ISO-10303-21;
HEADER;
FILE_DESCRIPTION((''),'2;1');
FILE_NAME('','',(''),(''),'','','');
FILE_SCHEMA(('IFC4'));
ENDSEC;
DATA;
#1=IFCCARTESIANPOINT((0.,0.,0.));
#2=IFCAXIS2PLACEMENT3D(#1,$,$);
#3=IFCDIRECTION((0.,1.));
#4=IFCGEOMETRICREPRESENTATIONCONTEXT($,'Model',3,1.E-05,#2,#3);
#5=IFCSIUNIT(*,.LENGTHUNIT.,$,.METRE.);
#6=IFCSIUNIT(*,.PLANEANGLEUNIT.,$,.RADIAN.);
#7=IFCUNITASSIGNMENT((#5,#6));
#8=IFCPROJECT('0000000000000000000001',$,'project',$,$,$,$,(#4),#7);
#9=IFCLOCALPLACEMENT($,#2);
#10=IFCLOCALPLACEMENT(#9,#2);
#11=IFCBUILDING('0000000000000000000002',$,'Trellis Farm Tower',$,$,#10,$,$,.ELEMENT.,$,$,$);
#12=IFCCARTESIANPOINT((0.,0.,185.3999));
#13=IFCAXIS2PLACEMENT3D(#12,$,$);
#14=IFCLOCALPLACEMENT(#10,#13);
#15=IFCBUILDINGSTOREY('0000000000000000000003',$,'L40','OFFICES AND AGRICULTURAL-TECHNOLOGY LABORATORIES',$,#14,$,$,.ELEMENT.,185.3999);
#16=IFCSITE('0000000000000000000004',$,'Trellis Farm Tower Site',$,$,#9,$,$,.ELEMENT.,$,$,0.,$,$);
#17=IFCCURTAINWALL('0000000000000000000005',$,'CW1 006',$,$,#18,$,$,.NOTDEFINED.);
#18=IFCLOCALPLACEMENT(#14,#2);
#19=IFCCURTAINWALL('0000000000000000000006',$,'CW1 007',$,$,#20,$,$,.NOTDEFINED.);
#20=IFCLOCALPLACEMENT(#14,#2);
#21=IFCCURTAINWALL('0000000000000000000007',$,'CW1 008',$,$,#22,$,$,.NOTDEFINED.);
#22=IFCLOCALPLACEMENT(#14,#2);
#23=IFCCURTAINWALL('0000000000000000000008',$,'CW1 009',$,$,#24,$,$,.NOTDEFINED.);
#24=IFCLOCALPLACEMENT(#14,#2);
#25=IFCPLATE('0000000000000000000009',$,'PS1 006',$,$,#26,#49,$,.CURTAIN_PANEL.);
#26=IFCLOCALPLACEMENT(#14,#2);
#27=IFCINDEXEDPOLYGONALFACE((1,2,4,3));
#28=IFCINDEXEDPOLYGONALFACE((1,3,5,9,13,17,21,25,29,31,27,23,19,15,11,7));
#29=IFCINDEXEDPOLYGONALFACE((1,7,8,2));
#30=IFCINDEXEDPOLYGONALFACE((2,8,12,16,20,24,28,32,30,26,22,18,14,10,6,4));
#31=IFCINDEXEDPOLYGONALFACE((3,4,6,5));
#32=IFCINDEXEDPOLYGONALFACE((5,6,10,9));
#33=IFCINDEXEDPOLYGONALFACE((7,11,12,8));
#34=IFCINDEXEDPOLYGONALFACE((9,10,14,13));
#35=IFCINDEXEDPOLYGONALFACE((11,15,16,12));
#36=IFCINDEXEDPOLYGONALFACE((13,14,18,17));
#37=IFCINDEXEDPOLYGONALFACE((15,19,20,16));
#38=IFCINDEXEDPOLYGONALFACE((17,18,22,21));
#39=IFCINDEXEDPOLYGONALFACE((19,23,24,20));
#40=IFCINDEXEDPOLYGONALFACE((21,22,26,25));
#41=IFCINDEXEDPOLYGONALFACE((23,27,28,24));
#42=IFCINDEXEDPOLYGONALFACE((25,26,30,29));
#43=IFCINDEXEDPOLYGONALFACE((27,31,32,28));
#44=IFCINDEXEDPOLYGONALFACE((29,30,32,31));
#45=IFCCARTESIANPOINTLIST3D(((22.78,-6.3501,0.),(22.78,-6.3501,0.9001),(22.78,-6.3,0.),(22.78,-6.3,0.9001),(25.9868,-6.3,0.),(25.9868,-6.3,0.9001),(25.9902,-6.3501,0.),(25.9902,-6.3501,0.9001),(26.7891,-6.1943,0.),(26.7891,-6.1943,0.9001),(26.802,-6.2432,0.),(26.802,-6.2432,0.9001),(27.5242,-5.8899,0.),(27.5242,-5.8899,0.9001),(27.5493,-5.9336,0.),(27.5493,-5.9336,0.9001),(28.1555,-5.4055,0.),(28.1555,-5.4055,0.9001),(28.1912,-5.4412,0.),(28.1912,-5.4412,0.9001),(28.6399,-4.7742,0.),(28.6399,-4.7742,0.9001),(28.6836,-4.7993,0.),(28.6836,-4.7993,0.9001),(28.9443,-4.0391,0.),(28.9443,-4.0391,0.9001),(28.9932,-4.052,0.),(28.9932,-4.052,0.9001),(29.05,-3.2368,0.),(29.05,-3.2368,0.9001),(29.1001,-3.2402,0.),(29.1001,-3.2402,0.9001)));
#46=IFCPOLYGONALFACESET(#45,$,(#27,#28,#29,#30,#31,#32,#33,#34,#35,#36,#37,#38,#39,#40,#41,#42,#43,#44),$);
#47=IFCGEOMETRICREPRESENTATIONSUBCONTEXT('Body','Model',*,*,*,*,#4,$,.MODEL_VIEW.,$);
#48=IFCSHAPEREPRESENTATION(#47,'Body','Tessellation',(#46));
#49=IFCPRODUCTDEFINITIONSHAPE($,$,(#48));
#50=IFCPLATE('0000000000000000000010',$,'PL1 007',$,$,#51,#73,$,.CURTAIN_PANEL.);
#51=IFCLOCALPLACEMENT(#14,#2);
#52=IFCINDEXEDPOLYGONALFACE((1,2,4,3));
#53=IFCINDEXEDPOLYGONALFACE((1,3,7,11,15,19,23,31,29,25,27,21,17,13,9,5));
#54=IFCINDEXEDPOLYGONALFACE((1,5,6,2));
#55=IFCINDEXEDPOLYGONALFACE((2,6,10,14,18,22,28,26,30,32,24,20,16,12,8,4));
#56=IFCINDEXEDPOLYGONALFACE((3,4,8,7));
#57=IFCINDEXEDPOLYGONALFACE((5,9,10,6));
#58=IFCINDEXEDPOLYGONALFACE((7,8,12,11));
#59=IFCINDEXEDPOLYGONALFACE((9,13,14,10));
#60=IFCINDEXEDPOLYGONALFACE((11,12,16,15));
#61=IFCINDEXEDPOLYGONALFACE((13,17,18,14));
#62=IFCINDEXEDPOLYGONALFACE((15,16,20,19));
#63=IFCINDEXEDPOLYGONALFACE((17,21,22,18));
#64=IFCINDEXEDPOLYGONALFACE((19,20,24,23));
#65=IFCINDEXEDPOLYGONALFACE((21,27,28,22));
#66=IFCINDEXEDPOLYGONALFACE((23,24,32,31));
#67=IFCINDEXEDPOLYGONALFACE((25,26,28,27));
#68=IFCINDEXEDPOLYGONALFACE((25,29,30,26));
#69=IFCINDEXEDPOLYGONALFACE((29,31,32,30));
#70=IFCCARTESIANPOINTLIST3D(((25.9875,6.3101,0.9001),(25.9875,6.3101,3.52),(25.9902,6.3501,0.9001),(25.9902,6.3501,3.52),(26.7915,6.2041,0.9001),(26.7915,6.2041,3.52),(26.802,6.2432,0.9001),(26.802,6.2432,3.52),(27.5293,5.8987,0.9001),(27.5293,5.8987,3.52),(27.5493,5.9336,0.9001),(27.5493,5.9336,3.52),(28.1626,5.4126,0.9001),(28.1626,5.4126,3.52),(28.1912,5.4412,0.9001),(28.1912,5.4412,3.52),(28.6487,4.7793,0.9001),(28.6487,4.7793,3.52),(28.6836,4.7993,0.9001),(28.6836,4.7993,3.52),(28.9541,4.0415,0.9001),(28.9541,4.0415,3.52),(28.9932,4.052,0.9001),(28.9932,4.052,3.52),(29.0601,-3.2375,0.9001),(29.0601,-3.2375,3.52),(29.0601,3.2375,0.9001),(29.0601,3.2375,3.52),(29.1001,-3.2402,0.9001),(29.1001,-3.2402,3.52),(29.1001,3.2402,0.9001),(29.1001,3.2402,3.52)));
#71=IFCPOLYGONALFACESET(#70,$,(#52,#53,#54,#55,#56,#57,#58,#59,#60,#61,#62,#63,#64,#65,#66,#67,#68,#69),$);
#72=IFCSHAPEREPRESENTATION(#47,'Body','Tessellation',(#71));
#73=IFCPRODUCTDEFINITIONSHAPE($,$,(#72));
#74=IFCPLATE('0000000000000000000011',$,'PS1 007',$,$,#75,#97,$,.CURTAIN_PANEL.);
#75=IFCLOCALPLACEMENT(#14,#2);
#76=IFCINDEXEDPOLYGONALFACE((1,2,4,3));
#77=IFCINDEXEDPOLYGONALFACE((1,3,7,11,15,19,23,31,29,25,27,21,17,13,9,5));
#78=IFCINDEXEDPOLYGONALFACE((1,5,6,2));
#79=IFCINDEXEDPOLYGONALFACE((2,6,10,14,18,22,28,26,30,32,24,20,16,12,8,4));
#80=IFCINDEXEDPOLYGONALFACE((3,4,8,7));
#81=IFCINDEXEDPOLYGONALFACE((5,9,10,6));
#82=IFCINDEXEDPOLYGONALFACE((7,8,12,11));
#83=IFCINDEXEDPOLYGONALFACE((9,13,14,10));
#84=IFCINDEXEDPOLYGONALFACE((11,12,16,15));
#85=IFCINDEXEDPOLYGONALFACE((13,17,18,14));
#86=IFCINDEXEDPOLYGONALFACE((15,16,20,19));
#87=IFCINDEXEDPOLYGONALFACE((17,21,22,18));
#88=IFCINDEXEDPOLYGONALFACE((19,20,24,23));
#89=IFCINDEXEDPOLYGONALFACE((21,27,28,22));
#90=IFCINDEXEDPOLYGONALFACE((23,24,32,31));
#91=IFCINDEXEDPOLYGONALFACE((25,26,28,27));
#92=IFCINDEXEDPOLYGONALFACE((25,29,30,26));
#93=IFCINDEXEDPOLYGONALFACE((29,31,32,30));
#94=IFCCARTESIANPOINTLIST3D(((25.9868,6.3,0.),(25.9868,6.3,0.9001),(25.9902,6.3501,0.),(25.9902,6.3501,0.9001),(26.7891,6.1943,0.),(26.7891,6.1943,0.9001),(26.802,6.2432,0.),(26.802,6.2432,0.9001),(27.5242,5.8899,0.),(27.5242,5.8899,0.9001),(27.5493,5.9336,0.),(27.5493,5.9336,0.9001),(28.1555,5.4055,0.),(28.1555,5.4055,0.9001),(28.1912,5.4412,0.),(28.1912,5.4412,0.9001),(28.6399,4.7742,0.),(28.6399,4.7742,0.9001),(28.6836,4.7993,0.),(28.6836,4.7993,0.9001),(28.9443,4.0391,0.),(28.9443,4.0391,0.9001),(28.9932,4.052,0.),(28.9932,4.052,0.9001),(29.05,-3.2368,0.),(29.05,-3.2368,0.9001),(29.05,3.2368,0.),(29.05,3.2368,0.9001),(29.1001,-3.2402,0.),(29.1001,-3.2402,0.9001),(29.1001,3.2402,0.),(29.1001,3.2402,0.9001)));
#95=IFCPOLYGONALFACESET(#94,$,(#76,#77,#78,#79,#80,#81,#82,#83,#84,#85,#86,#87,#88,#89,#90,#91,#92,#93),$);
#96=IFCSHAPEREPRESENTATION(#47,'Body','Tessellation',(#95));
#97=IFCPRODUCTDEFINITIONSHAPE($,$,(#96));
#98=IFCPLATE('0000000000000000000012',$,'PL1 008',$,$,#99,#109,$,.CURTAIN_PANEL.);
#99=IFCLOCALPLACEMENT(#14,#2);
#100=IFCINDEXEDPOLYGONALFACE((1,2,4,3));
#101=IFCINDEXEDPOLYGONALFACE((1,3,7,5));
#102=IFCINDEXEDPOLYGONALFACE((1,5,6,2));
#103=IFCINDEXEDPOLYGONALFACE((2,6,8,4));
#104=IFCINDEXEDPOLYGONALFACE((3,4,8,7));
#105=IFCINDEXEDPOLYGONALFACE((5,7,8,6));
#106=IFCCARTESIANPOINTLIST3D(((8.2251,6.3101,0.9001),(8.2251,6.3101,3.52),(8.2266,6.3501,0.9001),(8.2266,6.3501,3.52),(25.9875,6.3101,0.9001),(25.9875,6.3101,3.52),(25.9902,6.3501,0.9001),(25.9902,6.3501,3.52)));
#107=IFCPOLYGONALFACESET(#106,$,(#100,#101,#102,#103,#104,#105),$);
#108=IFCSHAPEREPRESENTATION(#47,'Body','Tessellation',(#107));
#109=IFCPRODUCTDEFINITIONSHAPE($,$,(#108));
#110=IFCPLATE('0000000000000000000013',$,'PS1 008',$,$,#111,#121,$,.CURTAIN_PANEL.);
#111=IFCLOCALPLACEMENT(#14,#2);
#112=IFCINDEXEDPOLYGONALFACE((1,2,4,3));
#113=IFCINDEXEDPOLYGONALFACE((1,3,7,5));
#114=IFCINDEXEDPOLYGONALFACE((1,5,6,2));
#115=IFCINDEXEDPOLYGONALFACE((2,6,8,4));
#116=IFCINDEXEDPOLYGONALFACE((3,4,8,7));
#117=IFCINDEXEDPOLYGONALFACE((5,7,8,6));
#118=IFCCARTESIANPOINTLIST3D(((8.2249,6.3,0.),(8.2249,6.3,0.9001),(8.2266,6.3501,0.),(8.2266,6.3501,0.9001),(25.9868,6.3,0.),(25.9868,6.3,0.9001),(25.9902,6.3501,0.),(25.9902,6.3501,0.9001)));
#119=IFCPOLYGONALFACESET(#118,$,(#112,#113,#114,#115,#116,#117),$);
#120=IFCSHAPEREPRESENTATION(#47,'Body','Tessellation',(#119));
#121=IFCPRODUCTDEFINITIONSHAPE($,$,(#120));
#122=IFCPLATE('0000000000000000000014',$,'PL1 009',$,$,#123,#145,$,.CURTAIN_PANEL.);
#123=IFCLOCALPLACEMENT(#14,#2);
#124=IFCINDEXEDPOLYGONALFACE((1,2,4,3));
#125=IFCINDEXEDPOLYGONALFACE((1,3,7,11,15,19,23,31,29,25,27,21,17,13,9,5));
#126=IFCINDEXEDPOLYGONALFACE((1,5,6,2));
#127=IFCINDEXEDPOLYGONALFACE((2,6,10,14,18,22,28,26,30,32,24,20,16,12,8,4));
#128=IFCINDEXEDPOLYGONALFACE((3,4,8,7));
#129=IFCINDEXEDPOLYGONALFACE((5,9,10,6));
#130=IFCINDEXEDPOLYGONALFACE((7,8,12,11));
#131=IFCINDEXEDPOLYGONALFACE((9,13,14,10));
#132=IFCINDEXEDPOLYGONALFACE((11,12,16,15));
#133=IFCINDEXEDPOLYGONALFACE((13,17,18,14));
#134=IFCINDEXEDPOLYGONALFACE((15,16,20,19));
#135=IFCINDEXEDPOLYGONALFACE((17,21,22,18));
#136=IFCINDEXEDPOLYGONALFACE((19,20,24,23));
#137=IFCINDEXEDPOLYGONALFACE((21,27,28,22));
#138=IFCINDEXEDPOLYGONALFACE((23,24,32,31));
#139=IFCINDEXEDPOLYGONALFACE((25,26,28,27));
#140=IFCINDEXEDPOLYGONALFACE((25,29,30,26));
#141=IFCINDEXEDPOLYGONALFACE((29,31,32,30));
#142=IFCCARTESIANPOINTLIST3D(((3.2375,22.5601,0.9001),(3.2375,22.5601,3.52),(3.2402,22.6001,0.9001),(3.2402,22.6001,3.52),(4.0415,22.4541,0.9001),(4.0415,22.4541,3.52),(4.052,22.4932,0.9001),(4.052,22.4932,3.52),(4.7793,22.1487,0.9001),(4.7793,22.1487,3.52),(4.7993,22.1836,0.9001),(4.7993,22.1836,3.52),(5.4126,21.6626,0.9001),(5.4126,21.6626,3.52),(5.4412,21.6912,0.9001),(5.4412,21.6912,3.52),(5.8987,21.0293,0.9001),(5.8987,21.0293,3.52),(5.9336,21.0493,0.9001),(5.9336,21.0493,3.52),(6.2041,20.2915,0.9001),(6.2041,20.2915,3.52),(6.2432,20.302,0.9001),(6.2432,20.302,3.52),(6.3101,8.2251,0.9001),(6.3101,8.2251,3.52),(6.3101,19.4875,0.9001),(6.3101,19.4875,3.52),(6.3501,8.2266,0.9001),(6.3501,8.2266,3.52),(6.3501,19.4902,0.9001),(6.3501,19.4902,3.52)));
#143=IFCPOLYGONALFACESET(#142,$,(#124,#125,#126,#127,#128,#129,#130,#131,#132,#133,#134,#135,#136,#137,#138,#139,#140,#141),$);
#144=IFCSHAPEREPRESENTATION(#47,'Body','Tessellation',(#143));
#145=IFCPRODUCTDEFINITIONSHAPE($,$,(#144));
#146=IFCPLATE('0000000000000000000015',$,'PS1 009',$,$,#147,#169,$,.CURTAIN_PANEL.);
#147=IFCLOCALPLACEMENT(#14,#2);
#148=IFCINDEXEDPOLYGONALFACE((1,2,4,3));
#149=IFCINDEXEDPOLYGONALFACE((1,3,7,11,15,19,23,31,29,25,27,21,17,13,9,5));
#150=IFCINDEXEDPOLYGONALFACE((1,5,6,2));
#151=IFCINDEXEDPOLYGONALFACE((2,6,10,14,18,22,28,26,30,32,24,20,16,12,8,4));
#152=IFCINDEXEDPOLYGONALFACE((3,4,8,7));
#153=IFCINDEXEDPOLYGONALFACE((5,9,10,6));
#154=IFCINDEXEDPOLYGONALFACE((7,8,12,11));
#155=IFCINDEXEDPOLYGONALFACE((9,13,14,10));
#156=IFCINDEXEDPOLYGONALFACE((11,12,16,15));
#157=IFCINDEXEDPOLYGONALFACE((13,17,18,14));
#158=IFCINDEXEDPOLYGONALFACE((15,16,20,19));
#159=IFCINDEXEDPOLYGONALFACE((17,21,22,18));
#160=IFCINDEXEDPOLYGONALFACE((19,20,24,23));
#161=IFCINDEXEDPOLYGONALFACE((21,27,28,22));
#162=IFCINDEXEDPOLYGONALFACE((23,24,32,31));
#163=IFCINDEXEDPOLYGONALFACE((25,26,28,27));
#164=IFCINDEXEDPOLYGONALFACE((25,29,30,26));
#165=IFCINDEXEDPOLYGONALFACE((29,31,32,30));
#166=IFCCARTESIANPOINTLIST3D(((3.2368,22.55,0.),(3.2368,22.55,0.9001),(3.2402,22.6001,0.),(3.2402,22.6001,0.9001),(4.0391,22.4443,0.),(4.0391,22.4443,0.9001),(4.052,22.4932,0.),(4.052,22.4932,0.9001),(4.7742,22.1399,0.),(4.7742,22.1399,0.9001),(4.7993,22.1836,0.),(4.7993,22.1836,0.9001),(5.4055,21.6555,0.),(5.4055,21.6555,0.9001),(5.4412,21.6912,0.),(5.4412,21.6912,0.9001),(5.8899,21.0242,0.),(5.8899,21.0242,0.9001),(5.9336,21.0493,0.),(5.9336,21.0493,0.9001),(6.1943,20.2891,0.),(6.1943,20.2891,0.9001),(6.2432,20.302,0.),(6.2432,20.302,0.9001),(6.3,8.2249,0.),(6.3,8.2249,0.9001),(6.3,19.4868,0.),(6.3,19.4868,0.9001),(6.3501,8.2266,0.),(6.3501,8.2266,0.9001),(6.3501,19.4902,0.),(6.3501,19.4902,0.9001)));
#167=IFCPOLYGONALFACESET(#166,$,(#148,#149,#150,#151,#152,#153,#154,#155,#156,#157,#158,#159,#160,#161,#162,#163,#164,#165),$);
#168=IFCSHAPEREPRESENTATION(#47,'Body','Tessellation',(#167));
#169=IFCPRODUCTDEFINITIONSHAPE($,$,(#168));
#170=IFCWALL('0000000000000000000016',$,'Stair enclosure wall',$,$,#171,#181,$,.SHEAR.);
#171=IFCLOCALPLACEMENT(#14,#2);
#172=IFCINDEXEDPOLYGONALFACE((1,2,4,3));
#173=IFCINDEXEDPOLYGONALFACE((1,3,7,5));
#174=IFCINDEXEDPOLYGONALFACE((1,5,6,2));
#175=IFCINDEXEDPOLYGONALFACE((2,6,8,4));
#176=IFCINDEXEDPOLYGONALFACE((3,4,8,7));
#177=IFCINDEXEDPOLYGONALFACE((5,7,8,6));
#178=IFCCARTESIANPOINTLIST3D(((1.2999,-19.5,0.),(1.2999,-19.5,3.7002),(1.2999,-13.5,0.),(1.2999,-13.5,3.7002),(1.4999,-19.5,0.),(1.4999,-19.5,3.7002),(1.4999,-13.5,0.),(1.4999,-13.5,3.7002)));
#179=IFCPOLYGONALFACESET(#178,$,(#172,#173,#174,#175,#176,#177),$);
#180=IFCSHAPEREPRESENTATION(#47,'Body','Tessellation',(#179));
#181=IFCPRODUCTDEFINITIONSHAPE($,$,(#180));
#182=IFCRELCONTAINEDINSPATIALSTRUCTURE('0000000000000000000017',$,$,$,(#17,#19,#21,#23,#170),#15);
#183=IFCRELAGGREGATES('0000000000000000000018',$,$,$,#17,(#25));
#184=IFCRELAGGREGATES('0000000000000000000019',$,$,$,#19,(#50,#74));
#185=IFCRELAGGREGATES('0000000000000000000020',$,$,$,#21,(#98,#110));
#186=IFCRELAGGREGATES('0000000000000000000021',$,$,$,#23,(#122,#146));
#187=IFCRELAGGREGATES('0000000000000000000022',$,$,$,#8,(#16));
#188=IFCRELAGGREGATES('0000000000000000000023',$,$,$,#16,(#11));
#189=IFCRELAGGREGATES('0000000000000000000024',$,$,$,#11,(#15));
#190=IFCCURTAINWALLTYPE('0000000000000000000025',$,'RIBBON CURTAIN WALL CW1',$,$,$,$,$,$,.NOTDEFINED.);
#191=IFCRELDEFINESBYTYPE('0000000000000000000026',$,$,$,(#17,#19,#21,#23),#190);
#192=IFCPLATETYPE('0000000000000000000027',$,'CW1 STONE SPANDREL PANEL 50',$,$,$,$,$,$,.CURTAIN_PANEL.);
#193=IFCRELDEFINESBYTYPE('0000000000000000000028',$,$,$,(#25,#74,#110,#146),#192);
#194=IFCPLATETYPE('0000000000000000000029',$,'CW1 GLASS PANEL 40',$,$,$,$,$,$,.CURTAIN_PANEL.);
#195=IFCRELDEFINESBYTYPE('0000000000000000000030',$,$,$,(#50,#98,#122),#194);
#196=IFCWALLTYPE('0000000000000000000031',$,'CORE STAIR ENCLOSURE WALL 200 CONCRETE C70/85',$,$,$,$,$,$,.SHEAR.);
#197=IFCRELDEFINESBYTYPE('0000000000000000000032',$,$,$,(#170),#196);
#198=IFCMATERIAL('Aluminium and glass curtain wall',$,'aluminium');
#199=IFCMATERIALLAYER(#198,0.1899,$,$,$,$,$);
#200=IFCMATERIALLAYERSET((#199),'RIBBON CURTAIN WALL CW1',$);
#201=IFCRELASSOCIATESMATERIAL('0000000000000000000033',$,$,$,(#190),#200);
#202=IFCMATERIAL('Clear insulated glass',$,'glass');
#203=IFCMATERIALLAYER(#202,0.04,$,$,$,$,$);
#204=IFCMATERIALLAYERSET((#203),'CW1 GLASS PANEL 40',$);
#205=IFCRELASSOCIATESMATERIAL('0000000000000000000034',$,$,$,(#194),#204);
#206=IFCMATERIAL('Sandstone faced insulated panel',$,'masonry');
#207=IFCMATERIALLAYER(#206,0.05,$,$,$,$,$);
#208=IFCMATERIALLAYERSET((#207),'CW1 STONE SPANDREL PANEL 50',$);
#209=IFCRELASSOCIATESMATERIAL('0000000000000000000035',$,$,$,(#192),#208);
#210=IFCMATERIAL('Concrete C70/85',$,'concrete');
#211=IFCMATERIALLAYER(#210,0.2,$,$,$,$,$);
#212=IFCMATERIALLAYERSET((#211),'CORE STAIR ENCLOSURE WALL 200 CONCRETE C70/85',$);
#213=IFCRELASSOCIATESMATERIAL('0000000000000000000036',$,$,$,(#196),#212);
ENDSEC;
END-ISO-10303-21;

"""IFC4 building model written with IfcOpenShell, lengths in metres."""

from ifc_helpers import new_model, si_unit, direction, frame, frame_2d, origin, place, context, subcontext, project, spatial, polyline, rectangle, outline, extrude, source, transform, mapped, material, layer, layer_set, type_object, element, aggregate, save


model = new_model("IFC4")

# Units and contexts
model_context = context("Model", 3, precision=1e-05, world=origin(), true_north=direction((0.0, 1.0)))
body_context = subcontext(model_context, "Body", "Model", "MODEL_VIEW")
ifc_project = project(units=[si_unit("LENGTHUNIT", "METRE"), si_unit("PLANEANGLEUNIT", "RADIAN")], contexts=[model_context])

# Site, building, storey
site_placement = place(None, origin())
site = spatial("IfcSite", under=ifc_project, at=site_placement, Name="Trellis Farm Tower Site", CompositionType="ELEMENT", RefElevation=0.0)
building_placement = place(site_placement, origin())
building = spatial("IfcBuilding", under=site, at=building_placement, Name="Trellis Farm Tower", CompositionType="ELEMENT")
storey_placement = place(building_placement, frame((0.0, 0.0, 185.3999)))
storey = spatial("IfcBuildingStorey", under=building, at=storey_placement, Name="L40", Description="OFFICES AND AGRICULTURAL-TECHNOLOGY LABORATORIES", CompositionType="ELEMENT", Elevation=185.3999)

# Shared definitions
ifc_material_1 = material(Name="Concrete C70/85", Category="concrete")

# Shared definitions
ifc_material_2 = material(Name="Aluminium and glass curtain wall", Category="aluminium")
ifc_layer_1 = layer(ifc_material_2, 0.1899)
ifc_layer_set_1 = layer_set([ifc_layer_1], Name="RIBBON CURTAIN WALL CW1")
curtain_wall_type_1 = type_object("IfcCurtainWallType", Name="RIBBON CURTAIN WALL CW1", PredefinedType="NOTDEFINED", material=ifc_layer_set_1)
placement_1 = place(storey_placement, origin())

# Curtain walls
curtain_wall_1 = element("IfcCurtainWall", 1, at=placement_1, inside=storey, type_object=curtain_wall_type_1, Name="CW1 006", PredefinedType="NOTDEFINED")
curtain_wall_2 = element("IfcCurtainWall", 2, at=placement_1, inside=storey, type_object=curtain_wall_type_1, Name="CW1 007", PredefinedType="NOTDEFINED")
curtain_wall_3 = element("IfcCurtainWall", 3, at=placement_1, inside=storey, type_object=curtain_wall_type_1, Name="CW1 008", PredefinedType="NOTDEFINED")
curtain_wall_4 = element("IfcCurtainWall", 4, at=placement_1, inside=storey, type_object=curtain_wall_type_1, Name="CW1 009", PredefinedType="NOTDEFINED")

# Plates
ifc_material_3 = material(Name="Clear insulated glass", Category="glass")
ifc_layer_2 = layer(ifc_material_3, 0.04)
ifc_layer_set_2 = layer_set([ifc_layer_2], Name="CW1 GLASS PANEL 40")
plate_type_1 = type_object("IfcPlateType", Name="CW1 GLASS PANEL 40", PredefinedType="CURTAIN_PANEL", material=ifc_layer_set_2)
placement_2 = place(storey_placement, frame((0.0, 0.0, 0.9001)))
ifc_material_4 = material(Name="Sandstone faced insulated panel", Category="masonry")
ifc_layer_3 = layer(ifc_material_4, 0.05)
ifc_layer_set_3 = layer_set([ifc_layer_3], Name="CW1 STONE SPANDREL PANEL 50")
plate_type_2 = type_object("IfcPlateType", Name="CW1 STONE SPANDREL PANEL 50", PredefinedType="CURTAIN_PANEL", material=ifc_layer_set_3)
shared_shape_1 = source(origin(), body_context, "Body", "SweptSolid", [
    extrude(outline(polyline([(22.78, -6.3501), (25.9902, -6.3501), (26.802, -6.2432), (27.5493, -5.9336), (28.1912, -5.4412), (28.6836, -4.7993), (28.9932, -4.052), (29.1001, -3.2402), (29.05, -3.2368), (28.9443, -4.0391), (28.6399, -4.7742), (28.1555, -5.4055), (27.5242, -5.8899), (26.7891, -6.1943), (25.9868, -6.3), (22.78, -6.3), (22.78, -6.3501)])), origin(), (0.0, 0.0, 1.0), 0.9001),
])
plate_1 = element("IfcPlate", 5, at=placement_1, type_object=plate_type_2, Name="PS1 006", PredefinedType="CURTAIN_PANEL", context=body_context, shape_type="MappedRepresentation", body=[
    mapped(shared_shape_1, transform((0.0, 0.0, 0.0))),
])
aggregate(curtain_wall_1, [plate_1])
shared_shape_2 = source(origin(), body_context, "Body", "SweptSolid", [
    extrude(outline(polyline([(29.1001, -3.2402), (29.1001, 3.2402), (28.9932, 4.052), (28.6836, 4.7993), (28.1912, 5.4412), (27.5493, 5.9336), (26.802, 6.2432), (25.9902, 6.3501), (25.9875, 6.3101), (26.7915, 6.2041), (27.5293, 5.8987), (28.1626, 5.4126), (28.6487, 4.7793), (28.9541, 4.0415), (29.0601, 3.2375), (29.0601, -3.2375), (29.1001, -3.2402)])), origin(), (0.0, 0.0, 1.0), 2.6199),
])
plate_2 = element("IfcPlate", 6, at=placement_2, type_object=plate_type_1, Name="PL1 007", PredefinedType="CURTAIN_PANEL", context=body_context, shape_type="MappedRepresentation", body=[
    mapped(shared_shape_2, transform((0.0, 0.0, 0.0))),
])
shared_shape_3 = source(origin(), body_context, "Body", "SweptSolid", [
    extrude(outline(polyline([(29.1001, -3.2402), (29.1001, 3.2402), (28.9932, 4.052), (28.6836, 4.7993), (28.1912, 5.4412), (27.5493, 5.9336), (26.802, 6.2432), (25.9902, 6.3501), (25.9868, 6.3), (26.7891, 6.1943), (27.5242, 5.8899), (28.1555, 5.4055), (28.6399, 4.7742), (28.9443, 4.0391), (29.05, 3.2368), (29.05, -3.2368), (29.1001, -3.2402)])), origin(), (0.0, 0.0, 1.0), 0.9001),
])
plate_3 = element("IfcPlate", 7, at=placement_1, type_object=plate_type_2, Name="PS1 007", PredefinedType="CURTAIN_PANEL", context=body_context, shape_type="MappedRepresentation", body=[
    mapped(shared_shape_3, transform((0.0, 0.0, 0.0))),
])
aggregate(curtain_wall_2, [plate_2, plate_3])
shared_shape_4 = source(origin(), body_context, "Body", "SweptSolid", [
    extrude(outline(polyline([(25.9902, 6.3501), (8.2266, 6.3501), (8.2251, 6.3101), (25.9875, 6.3101), (25.9902, 6.3501)])), origin(), (0.0, 0.0, 1.0), 2.6199),
])
plate_4 = element("IfcPlate", 8, at=placement_2, type_object=plate_type_1, Name="PL1 008", PredefinedType="CURTAIN_PANEL", context=body_context, shape_type="MappedRepresentation", body=[
    mapped(shared_shape_4, transform((0.0, 0.0, 0.0))),
])
shared_shape_5 = source(origin(), body_context, "Body", "SweptSolid", [
    extrude(outline(polyline([(25.9902, 6.3501), (8.2266, 6.3501), (8.2249, 6.3), (25.9868, 6.3), (25.9902, 6.3501)])), origin(), (0.0, 0.0, 1.0), 0.9001),
])
plate_5 = element("IfcPlate", 9, at=placement_1, type_object=plate_type_2, Name="PS1 008", PredefinedType="CURTAIN_PANEL", context=body_context, shape_type="MappedRepresentation", body=[
    mapped(shared_shape_5, transform((0.0, 0.0, 0.0))),
])
aggregate(curtain_wall_3, [plate_4, plate_5])
shared_shape_6 = source(origin(), body_context, "Body", "SweptSolid", [
    extrude(outline(polyline([(6.3501, 8.2266), (6.3501, 19.4902), (6.2432, 20.302), (5.9336, 21.0493), (5.4412, 21.6912), (4.7993, 22.1836), (4.052, 22.4932), (3.2402, 22.6001), (3.2375, 22.5601), (4.0415, 22.4541), (4.7793, 22.1487), (5.4126, 21.6626), (5.8987, 21.0293), (6.2041, 20.2915), (6.3101, 19.4875), (6.3101, 8.2251), (6.3501, 8.2266)])), origin(), (0.0, 0.0, 1.0), 2.6199),
])
plate_6 = element("IfcPlate", 10, at=placement_2, type_object=plate_type_1, Name="PL1 009", PredefinedType="CURTAIN_PANEL", context=body_context, shape_type="MappedRepresentation", body=[
    mapped(shared_shape_6, transform((0.0, 0.0, 0.0))),
])
shared_shape_7 = source(origin(), body_context, "Body", "SweptSolid", [
    extrude(outline(polyline([(6.3501, 8.2266), (6.3501, 19.4902), (6.2432, 20.302), (5.9336, 21.0493), (5.4412, 21.6912), (4.7993, 22.1836), (4.052, 22.4932), (3.2402, 22.6001), (3.2368, 22.55), (4.0391, 22.4443), (4.7742, 22.1399), (5.4055, 21.6555), (5.8899, 21.0242), (6.1943, 20.2891), (6.3, 19.4868), (6.3, 8.2249), (6.3501, 8.2266)])), origin(), (0.0, 0.0, 1.0), 0.9001),
])
plate_7 = element("IfcPlate", 11, at=placement_1, type_object=plate_type_2, Name="PS1 009", PredefinedType="CURTAIN_PANEL", context=body_context, shape_type="MappedRepresentation", body=[
    mapped(shared_shape_7, transform((0.0, 0.0, 0.0))),
])
aggregate(curtain_wall_4, [plate_6, plate_7])

# Wall
ifc_layer_4 = layer(ifc_material_1, 0.2)
ifc_layer_set_4 = layer_set([ifc_layer_4], Name="CORE STAIR ENCLOSURE WALL 200 CONCRETE C70/85")
wall_type_1 = type_object("IfcWallType", Name="CORE STAIR ENCLOSURE WALL 200 CONCRETE C70/85", PredefinedType="SHEAR", material=ifc_layer_set_4)
shared_shape_8 = source(origin(), body_context, "Body", "SweptSolid", [
    extrude(rectangle(XDim=6.0, YDim=0.2, at=frame_2d((3.0, 0.0))), origin(), (0.0, 0.0, 1.0), 3.7002),
])
wall_1_placement = place(storey_placement, frame((1.3999, -13.5, 0.0), z_axis=(0.0, 0.0, 1.0), x_axis=(0.0, -1.0, 0.0)))
element("IfcWall", 12, at=wall_1_placement, inside=storey, type_object=wall_type_1, Name="Stair enclosure wall", PredefinedType="SHEAR", context=body_context, shape_type="MappedRepresentation", body=[
    mapped(shared_shape_8, transform((0.0, 0.0, 0.0))),
])

save(model, "model.ifc")
